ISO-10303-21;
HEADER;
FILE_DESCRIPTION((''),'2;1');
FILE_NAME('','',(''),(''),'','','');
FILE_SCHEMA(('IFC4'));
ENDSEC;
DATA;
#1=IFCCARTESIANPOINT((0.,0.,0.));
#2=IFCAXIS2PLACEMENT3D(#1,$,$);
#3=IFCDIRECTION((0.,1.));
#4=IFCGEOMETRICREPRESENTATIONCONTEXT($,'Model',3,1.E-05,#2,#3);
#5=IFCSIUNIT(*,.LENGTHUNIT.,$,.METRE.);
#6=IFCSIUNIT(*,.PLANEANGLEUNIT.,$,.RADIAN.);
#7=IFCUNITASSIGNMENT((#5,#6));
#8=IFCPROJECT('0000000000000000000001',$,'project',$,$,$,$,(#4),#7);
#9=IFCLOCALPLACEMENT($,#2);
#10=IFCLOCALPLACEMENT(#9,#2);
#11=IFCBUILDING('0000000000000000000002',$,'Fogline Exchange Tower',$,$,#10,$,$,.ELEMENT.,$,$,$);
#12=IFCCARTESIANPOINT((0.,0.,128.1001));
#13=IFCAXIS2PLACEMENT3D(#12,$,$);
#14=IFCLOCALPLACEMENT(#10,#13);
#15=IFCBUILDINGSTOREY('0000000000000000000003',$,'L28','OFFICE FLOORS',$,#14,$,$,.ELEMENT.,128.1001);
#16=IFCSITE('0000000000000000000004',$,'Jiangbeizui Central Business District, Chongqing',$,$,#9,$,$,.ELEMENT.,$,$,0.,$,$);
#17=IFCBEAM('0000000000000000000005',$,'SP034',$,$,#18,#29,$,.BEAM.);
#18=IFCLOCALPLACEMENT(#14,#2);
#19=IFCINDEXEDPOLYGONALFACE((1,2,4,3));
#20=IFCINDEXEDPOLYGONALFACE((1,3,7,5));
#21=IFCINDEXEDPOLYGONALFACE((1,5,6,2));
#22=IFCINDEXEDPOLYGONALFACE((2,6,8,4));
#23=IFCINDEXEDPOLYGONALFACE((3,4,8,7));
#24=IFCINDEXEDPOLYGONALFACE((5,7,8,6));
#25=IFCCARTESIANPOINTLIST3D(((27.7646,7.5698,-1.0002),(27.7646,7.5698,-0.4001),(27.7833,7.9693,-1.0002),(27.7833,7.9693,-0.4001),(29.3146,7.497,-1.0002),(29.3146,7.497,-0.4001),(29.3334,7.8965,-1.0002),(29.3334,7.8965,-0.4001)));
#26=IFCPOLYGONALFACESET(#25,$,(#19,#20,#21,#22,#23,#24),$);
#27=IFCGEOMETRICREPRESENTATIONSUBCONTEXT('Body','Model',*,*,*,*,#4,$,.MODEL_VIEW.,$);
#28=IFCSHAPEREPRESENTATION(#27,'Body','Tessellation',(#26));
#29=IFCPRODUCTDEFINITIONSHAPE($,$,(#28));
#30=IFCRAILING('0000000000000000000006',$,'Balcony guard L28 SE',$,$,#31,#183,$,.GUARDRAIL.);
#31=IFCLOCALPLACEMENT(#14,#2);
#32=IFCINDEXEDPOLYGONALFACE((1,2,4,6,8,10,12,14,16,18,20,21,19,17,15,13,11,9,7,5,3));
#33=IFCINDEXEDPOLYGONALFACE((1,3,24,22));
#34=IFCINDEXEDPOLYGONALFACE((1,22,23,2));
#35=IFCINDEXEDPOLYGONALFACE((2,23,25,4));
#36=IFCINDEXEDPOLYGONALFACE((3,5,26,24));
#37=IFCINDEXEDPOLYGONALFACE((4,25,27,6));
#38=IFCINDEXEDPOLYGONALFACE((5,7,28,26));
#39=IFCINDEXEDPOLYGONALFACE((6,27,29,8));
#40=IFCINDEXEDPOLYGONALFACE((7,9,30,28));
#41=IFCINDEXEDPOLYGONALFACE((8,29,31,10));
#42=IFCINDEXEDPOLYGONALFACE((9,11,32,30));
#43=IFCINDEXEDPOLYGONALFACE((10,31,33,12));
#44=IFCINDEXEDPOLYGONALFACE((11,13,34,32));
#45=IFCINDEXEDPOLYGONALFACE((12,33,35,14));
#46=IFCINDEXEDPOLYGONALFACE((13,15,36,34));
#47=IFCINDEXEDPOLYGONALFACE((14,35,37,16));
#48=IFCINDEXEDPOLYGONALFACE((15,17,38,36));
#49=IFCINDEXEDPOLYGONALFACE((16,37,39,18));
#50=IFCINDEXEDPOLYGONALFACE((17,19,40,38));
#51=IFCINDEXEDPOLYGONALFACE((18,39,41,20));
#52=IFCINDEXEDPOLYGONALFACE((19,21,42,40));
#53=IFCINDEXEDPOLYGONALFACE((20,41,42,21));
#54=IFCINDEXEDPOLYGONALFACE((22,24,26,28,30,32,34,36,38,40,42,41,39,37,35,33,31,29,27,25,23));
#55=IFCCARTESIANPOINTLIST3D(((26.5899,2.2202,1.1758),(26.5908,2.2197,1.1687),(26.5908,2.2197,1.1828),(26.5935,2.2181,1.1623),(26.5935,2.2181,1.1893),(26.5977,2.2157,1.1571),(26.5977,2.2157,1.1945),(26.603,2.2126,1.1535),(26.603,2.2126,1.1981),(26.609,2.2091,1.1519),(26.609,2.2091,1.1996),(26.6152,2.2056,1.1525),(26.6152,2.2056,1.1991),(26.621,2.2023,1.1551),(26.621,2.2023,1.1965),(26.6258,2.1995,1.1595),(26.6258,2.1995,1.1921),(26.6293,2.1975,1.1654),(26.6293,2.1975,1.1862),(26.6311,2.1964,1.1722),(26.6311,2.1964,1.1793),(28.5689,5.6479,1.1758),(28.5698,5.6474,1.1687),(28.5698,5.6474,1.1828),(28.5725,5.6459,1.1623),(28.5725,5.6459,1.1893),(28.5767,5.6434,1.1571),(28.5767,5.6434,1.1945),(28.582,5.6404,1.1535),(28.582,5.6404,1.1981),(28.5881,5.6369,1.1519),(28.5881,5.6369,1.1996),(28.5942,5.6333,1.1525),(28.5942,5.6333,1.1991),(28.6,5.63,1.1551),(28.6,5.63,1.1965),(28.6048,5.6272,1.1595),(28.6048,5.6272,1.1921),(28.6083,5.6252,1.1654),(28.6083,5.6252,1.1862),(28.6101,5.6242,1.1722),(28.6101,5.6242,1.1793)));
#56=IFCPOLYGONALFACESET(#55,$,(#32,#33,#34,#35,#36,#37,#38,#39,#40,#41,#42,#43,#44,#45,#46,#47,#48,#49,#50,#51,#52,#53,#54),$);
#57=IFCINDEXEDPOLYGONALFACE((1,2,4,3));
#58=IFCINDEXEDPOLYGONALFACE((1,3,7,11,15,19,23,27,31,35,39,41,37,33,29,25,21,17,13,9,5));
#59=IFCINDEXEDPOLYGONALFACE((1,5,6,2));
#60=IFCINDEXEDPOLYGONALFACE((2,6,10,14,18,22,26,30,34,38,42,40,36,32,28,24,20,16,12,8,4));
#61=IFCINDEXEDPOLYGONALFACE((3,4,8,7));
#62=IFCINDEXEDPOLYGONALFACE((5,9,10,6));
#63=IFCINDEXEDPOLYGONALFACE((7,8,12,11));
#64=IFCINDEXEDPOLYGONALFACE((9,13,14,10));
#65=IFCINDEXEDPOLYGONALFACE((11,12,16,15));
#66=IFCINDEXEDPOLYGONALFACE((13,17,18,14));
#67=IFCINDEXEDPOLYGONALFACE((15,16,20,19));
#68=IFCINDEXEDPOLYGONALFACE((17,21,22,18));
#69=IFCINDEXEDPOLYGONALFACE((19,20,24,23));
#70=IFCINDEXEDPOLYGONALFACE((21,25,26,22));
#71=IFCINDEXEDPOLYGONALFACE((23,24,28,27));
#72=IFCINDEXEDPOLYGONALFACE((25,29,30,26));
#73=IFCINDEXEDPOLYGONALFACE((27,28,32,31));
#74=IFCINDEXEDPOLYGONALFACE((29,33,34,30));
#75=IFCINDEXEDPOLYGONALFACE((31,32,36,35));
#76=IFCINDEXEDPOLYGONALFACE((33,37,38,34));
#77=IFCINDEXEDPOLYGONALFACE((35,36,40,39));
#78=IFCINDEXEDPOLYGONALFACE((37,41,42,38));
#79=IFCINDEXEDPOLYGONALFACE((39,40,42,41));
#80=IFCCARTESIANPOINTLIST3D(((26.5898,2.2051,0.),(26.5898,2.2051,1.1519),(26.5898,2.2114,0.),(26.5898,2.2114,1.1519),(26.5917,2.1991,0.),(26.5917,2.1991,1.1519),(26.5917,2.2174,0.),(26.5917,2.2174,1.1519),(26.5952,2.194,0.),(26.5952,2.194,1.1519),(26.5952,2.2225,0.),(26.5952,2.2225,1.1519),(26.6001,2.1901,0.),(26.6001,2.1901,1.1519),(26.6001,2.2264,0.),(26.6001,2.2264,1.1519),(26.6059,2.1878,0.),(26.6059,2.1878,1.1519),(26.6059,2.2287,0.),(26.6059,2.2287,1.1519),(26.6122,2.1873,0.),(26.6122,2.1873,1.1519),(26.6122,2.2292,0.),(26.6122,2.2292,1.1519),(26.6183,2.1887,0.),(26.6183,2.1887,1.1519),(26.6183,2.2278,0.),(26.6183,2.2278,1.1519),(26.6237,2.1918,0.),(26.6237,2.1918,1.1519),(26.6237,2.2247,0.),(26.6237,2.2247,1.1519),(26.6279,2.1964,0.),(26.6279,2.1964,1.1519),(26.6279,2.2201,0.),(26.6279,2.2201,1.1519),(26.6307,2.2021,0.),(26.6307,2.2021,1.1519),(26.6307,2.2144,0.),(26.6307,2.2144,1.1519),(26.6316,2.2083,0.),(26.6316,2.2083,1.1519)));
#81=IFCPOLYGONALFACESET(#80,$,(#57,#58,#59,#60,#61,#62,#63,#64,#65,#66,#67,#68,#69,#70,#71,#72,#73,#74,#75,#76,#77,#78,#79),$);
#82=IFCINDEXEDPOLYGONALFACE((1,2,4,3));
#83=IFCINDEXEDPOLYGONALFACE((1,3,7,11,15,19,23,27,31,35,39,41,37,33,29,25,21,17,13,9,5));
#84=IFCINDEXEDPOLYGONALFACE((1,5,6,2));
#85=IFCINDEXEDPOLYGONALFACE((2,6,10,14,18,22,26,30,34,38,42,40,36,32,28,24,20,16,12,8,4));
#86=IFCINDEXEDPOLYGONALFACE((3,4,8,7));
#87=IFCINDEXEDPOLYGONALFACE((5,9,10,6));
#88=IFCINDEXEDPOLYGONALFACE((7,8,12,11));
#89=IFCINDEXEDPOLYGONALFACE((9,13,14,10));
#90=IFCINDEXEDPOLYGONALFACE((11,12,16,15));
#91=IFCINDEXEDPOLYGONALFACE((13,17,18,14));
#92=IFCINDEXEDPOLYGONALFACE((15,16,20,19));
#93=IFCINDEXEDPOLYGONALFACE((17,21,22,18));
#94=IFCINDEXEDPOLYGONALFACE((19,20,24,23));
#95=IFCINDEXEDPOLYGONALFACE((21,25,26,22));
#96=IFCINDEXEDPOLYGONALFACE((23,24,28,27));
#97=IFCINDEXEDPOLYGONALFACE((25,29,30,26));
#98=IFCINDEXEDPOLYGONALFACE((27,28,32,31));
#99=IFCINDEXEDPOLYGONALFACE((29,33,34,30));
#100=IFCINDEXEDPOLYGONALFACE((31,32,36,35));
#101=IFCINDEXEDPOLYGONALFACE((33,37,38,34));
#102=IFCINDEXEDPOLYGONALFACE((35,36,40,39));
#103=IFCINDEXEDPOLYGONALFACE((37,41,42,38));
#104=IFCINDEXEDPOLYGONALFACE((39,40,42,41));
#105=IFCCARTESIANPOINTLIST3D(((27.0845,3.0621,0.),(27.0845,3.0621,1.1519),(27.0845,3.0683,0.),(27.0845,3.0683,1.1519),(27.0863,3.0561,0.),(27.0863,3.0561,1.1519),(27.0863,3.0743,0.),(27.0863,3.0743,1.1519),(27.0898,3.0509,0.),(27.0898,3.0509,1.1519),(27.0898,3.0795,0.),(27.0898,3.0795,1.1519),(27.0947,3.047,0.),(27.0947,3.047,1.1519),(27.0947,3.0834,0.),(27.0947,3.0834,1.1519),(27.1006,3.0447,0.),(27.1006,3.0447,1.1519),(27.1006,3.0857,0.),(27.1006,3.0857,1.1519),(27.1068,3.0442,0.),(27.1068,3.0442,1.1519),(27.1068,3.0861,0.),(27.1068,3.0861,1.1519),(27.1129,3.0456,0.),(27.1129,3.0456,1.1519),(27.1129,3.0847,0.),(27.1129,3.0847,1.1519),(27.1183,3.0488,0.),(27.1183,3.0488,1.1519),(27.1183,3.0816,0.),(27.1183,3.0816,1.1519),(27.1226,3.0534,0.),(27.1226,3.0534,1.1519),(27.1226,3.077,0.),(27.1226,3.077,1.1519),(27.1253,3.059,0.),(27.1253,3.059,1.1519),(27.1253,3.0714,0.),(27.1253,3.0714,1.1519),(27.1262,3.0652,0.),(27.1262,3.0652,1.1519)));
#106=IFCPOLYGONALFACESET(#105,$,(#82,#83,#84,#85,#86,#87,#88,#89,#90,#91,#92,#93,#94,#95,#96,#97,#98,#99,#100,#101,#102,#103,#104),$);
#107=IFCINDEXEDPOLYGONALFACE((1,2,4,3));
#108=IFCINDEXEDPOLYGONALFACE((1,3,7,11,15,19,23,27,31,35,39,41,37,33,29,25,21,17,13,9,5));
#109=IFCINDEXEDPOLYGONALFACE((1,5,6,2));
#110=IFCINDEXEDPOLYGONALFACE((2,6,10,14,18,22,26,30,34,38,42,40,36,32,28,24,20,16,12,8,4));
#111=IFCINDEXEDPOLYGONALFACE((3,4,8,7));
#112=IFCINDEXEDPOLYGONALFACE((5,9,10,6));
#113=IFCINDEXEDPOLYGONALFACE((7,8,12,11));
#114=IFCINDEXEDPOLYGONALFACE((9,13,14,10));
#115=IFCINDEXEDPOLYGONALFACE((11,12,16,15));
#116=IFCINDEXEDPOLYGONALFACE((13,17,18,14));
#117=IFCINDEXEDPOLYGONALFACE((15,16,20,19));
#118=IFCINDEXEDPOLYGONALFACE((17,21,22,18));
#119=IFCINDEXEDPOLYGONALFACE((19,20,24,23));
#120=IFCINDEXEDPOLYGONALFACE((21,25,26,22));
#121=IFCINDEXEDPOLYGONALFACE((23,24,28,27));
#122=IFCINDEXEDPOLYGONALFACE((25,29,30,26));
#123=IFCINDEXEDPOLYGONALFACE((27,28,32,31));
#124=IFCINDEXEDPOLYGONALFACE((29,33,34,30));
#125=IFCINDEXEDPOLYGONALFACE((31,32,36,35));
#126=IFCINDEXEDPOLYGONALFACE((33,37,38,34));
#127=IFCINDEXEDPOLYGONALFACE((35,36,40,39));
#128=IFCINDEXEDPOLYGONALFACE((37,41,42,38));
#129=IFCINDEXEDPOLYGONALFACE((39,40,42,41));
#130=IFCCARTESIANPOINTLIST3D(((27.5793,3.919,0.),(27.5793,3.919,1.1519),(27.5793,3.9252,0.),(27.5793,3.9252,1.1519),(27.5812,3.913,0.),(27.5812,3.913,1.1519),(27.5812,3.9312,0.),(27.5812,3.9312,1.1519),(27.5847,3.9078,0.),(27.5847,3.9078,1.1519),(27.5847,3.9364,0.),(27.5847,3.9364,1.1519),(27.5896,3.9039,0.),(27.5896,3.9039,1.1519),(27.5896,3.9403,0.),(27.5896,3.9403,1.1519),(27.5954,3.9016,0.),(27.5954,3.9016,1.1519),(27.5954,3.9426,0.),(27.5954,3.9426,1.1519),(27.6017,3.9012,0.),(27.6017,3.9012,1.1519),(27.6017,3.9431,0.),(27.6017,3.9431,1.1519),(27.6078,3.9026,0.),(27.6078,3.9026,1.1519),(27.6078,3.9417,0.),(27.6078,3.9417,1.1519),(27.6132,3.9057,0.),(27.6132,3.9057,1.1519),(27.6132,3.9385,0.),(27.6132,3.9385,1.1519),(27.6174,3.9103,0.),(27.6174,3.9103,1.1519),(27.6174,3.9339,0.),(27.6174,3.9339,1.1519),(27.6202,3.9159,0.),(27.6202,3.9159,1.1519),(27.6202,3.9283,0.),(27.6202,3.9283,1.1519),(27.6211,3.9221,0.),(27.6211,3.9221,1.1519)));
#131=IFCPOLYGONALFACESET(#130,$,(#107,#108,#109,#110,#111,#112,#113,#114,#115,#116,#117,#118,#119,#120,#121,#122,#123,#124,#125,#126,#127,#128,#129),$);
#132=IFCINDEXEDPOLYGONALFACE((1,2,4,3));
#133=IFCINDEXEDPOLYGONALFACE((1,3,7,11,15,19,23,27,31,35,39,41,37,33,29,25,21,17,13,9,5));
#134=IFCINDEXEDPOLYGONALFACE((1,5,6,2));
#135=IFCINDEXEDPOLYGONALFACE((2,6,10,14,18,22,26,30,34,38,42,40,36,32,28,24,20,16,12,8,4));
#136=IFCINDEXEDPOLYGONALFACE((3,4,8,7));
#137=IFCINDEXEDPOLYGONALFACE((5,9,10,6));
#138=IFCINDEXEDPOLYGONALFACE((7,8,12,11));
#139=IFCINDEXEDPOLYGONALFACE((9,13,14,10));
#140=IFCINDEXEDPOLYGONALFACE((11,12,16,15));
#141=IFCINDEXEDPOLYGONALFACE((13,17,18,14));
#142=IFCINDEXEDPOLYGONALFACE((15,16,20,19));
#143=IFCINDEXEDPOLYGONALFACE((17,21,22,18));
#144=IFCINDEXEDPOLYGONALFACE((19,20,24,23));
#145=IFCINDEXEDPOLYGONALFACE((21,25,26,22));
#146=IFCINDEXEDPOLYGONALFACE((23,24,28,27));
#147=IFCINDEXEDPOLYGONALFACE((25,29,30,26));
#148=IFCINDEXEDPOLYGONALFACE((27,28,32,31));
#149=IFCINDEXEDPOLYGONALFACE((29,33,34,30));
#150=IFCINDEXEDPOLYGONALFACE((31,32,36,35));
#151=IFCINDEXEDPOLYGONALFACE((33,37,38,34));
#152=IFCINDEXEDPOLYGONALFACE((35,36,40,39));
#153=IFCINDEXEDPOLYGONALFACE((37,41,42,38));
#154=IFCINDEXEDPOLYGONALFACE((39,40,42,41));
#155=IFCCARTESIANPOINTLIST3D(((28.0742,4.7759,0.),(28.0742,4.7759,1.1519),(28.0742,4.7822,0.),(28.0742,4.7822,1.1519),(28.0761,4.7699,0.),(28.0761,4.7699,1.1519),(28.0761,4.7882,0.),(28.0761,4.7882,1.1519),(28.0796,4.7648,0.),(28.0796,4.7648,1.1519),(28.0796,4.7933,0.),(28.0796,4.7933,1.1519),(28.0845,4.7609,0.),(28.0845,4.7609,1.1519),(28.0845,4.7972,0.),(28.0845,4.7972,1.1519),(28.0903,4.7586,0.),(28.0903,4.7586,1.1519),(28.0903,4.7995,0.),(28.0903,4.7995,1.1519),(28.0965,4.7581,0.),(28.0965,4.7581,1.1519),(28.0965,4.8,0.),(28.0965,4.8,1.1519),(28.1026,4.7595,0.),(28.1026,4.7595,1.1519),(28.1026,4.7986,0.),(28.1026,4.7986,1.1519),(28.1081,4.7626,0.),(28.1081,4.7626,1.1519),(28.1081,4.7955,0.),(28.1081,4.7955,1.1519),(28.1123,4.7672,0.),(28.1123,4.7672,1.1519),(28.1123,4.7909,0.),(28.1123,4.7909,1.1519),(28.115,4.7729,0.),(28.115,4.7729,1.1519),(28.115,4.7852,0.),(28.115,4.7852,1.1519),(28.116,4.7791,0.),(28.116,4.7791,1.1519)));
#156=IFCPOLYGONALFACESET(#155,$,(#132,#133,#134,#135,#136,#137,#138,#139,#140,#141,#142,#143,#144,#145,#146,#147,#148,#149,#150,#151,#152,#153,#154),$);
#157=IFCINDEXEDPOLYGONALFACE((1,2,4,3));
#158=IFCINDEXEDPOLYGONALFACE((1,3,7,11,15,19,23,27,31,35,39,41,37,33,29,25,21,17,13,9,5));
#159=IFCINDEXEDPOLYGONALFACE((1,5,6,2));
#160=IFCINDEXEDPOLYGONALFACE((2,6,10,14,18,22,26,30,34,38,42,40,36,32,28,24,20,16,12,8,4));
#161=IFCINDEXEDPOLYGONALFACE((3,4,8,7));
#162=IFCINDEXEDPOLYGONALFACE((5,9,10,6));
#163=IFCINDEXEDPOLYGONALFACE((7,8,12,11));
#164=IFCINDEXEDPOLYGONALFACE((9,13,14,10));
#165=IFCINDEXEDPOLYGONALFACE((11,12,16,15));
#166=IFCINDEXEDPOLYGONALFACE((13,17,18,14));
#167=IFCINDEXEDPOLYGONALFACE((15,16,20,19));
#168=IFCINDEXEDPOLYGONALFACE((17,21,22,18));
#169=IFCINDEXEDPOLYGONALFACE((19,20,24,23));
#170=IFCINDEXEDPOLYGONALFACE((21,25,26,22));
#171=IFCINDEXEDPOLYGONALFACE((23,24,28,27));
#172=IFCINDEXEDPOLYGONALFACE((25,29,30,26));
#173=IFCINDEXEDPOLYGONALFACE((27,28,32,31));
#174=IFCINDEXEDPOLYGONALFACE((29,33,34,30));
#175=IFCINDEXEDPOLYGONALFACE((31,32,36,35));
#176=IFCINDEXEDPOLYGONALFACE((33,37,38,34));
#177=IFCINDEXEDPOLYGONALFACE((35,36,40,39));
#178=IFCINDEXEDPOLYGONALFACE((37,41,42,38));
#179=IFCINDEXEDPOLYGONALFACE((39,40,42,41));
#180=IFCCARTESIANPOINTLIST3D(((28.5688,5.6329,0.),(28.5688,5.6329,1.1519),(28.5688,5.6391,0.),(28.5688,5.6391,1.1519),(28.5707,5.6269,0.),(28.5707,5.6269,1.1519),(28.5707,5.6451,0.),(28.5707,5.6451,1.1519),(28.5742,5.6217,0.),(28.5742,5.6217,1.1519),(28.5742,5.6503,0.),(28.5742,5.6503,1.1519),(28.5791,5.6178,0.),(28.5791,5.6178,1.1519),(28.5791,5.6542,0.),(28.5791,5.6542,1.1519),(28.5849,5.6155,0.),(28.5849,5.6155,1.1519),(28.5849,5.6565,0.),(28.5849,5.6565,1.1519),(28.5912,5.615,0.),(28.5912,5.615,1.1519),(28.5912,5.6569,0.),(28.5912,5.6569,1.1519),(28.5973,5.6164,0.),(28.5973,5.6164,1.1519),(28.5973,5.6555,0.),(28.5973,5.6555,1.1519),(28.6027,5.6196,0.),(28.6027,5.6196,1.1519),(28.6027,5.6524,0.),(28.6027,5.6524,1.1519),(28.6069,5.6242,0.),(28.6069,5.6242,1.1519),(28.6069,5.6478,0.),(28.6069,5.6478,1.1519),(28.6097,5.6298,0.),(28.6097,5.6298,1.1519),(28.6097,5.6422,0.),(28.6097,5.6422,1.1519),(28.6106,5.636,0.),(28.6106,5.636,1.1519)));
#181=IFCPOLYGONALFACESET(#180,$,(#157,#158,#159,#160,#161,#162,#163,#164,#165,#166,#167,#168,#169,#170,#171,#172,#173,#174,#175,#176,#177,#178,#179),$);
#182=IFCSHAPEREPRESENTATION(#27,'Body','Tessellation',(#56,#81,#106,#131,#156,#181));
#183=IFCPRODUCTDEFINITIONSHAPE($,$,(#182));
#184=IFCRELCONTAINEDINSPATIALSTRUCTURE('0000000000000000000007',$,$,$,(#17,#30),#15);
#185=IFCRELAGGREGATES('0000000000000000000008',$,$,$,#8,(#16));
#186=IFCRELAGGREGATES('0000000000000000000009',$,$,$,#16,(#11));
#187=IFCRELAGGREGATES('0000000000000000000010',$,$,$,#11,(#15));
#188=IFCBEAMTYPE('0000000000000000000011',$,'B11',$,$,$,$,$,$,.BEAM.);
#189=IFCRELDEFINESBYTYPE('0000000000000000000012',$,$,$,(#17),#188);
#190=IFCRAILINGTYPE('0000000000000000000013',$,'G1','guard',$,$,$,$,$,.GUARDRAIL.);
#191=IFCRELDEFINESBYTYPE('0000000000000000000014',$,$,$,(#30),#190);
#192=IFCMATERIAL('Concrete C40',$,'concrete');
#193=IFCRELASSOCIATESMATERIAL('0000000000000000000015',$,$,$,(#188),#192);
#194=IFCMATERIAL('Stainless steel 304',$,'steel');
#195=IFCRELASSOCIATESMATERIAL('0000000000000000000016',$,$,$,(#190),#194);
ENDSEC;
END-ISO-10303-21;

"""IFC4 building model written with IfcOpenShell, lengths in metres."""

from ifc_helpers import new_model, si_unit, direction, frame, origin, origin_2d, place, context, subcontext, project, spatial, rectangle, circle, extrude, material, material_profile, profile_set, type_object, element, save


model = new_model("IFC4")

# Units and contexts
model_context = context("Model", 3, precision=1e-05, world=origin(), true_north=direction((0.0, 1.0)))
body_context = subcontext(model_context, "Body", "Model", "MODEL_VIEW")
ifc_project = project(units=[si_unit("LENGTHUNIT", "METRE"), si_unit("PLANEANGLEUNIT", "RADIAN")], contexts=[model_context])

# Site, building, storey
site_placement = place(None, origin())
site = spatial("IfcSite", under=ifc_project, at=site_placement, Name="Jiangbeizui Central Business District, Chongqing", CompositionType="ELEMENT", RefElevation=0.0)
building_placement = place(site_placement, origin())
building = spatial("IfcBuilding", under=site, at=building_placement, Name="Fogline Exchange Tower", CompositionType="ELEMENT")
storey_placement = place(building_placement, frame((0.0, 0.0, 128.1001)))
storey = spatial("IfcBuildingStorey", under=building, at=storey_placement, Name="L28", Description="OFFICE FLOORS", CompositionType="ELEMENT", Elevation=128.1001)

# Beam
ifc_material_1 = material(Name="Concrete C40", Category="concrete")
ifc_material_profile = material_profile(ifc_material_1, rectangle(XDim=0.3999, YDim=0.6001, at=origin_2d()), Name="RC 400x600")
ifc_profile_set = profile_set([ifc_material_profile], Name="Concrete C40")
beam_type = type_object("IfcBeamType", Name="B11", PredefinedType="BEAM", material=ifc_profile_set)
beam_placement = place(storey_placement, frame((27.7739, 7.7695, -0.7002), z_axis=(0.9989, -0.046885, 0.0), x_axis=(0.046885, 0.9989, 0.0)))
element("IfcBeam", 1, at=beam_placement, inside=storey, type_object=beam_type, Name="SP034", PredefinedType="BEAM", context=body_context, shape_type="SweptSolid", body=[
    extrude(rectangle(XDim=0.3999, YDim=0.6001, at=origin_2d()), origin(), (0.0, 0.0, 1.0), 1.5518),
])

# Railing
ifc_material_2 = material(Name="Stainless steel 304", Category="steel")
railing_type = type_object("IfcRailingType", Name="G1", Description="guard", PredefinedType="GUARDRAIL", material=ifc_material_2)
railing_placement = place(storey_placement, frame((26.6106, 2.2083, 0.0)))
element("IfcRailing", 2, at=railing_placement, inside=storey, type_object=railing_type, Name="Balcony guard L28 SE", PredefinedType="GUARDRAIL", context=body_context, shape_type="SweptSolid", body=[
    extrude(circle(Radius=0.0239, at=origin_2d()), frame((0.0, 0.0, 1.1758), z_axis=(0.5, 0.866025, 0.0), x_axis=(-0.866025, 0.5, 0.0)), (0.0, 0.0, 1.0), 3.958),
    extrude(circle(Radius=0.021, at=origin_2d()), origin(), (0.0, 0.0, 1.0), 1.1519),
    extrude(circle(Radius=0.021, at=origin_2d()), frame((0.4946, 0.8569, 0.0)), (0.0, 0.0, 1.0), 1.1519),
    extrude(circle(Radius=0.021, at=origin_2d()), frame((0.9895, 1.7139, 0.0)), (0.0, 0.0, 1.0), 1.1519),
    extrude(circle(Radius=0.021, at=origin_2d()), frame((1.4844, 2.5708, 0.0)), (0.0, 0.0, 1.0), 1.1519),
    extrude(circle(Radius=0.021, at=origin_2d()), frame((1.979, 3.4277, 0.0)), (0.0, 0.0, 1.0), 1.1519),
])

save(model, "model.ifc")
